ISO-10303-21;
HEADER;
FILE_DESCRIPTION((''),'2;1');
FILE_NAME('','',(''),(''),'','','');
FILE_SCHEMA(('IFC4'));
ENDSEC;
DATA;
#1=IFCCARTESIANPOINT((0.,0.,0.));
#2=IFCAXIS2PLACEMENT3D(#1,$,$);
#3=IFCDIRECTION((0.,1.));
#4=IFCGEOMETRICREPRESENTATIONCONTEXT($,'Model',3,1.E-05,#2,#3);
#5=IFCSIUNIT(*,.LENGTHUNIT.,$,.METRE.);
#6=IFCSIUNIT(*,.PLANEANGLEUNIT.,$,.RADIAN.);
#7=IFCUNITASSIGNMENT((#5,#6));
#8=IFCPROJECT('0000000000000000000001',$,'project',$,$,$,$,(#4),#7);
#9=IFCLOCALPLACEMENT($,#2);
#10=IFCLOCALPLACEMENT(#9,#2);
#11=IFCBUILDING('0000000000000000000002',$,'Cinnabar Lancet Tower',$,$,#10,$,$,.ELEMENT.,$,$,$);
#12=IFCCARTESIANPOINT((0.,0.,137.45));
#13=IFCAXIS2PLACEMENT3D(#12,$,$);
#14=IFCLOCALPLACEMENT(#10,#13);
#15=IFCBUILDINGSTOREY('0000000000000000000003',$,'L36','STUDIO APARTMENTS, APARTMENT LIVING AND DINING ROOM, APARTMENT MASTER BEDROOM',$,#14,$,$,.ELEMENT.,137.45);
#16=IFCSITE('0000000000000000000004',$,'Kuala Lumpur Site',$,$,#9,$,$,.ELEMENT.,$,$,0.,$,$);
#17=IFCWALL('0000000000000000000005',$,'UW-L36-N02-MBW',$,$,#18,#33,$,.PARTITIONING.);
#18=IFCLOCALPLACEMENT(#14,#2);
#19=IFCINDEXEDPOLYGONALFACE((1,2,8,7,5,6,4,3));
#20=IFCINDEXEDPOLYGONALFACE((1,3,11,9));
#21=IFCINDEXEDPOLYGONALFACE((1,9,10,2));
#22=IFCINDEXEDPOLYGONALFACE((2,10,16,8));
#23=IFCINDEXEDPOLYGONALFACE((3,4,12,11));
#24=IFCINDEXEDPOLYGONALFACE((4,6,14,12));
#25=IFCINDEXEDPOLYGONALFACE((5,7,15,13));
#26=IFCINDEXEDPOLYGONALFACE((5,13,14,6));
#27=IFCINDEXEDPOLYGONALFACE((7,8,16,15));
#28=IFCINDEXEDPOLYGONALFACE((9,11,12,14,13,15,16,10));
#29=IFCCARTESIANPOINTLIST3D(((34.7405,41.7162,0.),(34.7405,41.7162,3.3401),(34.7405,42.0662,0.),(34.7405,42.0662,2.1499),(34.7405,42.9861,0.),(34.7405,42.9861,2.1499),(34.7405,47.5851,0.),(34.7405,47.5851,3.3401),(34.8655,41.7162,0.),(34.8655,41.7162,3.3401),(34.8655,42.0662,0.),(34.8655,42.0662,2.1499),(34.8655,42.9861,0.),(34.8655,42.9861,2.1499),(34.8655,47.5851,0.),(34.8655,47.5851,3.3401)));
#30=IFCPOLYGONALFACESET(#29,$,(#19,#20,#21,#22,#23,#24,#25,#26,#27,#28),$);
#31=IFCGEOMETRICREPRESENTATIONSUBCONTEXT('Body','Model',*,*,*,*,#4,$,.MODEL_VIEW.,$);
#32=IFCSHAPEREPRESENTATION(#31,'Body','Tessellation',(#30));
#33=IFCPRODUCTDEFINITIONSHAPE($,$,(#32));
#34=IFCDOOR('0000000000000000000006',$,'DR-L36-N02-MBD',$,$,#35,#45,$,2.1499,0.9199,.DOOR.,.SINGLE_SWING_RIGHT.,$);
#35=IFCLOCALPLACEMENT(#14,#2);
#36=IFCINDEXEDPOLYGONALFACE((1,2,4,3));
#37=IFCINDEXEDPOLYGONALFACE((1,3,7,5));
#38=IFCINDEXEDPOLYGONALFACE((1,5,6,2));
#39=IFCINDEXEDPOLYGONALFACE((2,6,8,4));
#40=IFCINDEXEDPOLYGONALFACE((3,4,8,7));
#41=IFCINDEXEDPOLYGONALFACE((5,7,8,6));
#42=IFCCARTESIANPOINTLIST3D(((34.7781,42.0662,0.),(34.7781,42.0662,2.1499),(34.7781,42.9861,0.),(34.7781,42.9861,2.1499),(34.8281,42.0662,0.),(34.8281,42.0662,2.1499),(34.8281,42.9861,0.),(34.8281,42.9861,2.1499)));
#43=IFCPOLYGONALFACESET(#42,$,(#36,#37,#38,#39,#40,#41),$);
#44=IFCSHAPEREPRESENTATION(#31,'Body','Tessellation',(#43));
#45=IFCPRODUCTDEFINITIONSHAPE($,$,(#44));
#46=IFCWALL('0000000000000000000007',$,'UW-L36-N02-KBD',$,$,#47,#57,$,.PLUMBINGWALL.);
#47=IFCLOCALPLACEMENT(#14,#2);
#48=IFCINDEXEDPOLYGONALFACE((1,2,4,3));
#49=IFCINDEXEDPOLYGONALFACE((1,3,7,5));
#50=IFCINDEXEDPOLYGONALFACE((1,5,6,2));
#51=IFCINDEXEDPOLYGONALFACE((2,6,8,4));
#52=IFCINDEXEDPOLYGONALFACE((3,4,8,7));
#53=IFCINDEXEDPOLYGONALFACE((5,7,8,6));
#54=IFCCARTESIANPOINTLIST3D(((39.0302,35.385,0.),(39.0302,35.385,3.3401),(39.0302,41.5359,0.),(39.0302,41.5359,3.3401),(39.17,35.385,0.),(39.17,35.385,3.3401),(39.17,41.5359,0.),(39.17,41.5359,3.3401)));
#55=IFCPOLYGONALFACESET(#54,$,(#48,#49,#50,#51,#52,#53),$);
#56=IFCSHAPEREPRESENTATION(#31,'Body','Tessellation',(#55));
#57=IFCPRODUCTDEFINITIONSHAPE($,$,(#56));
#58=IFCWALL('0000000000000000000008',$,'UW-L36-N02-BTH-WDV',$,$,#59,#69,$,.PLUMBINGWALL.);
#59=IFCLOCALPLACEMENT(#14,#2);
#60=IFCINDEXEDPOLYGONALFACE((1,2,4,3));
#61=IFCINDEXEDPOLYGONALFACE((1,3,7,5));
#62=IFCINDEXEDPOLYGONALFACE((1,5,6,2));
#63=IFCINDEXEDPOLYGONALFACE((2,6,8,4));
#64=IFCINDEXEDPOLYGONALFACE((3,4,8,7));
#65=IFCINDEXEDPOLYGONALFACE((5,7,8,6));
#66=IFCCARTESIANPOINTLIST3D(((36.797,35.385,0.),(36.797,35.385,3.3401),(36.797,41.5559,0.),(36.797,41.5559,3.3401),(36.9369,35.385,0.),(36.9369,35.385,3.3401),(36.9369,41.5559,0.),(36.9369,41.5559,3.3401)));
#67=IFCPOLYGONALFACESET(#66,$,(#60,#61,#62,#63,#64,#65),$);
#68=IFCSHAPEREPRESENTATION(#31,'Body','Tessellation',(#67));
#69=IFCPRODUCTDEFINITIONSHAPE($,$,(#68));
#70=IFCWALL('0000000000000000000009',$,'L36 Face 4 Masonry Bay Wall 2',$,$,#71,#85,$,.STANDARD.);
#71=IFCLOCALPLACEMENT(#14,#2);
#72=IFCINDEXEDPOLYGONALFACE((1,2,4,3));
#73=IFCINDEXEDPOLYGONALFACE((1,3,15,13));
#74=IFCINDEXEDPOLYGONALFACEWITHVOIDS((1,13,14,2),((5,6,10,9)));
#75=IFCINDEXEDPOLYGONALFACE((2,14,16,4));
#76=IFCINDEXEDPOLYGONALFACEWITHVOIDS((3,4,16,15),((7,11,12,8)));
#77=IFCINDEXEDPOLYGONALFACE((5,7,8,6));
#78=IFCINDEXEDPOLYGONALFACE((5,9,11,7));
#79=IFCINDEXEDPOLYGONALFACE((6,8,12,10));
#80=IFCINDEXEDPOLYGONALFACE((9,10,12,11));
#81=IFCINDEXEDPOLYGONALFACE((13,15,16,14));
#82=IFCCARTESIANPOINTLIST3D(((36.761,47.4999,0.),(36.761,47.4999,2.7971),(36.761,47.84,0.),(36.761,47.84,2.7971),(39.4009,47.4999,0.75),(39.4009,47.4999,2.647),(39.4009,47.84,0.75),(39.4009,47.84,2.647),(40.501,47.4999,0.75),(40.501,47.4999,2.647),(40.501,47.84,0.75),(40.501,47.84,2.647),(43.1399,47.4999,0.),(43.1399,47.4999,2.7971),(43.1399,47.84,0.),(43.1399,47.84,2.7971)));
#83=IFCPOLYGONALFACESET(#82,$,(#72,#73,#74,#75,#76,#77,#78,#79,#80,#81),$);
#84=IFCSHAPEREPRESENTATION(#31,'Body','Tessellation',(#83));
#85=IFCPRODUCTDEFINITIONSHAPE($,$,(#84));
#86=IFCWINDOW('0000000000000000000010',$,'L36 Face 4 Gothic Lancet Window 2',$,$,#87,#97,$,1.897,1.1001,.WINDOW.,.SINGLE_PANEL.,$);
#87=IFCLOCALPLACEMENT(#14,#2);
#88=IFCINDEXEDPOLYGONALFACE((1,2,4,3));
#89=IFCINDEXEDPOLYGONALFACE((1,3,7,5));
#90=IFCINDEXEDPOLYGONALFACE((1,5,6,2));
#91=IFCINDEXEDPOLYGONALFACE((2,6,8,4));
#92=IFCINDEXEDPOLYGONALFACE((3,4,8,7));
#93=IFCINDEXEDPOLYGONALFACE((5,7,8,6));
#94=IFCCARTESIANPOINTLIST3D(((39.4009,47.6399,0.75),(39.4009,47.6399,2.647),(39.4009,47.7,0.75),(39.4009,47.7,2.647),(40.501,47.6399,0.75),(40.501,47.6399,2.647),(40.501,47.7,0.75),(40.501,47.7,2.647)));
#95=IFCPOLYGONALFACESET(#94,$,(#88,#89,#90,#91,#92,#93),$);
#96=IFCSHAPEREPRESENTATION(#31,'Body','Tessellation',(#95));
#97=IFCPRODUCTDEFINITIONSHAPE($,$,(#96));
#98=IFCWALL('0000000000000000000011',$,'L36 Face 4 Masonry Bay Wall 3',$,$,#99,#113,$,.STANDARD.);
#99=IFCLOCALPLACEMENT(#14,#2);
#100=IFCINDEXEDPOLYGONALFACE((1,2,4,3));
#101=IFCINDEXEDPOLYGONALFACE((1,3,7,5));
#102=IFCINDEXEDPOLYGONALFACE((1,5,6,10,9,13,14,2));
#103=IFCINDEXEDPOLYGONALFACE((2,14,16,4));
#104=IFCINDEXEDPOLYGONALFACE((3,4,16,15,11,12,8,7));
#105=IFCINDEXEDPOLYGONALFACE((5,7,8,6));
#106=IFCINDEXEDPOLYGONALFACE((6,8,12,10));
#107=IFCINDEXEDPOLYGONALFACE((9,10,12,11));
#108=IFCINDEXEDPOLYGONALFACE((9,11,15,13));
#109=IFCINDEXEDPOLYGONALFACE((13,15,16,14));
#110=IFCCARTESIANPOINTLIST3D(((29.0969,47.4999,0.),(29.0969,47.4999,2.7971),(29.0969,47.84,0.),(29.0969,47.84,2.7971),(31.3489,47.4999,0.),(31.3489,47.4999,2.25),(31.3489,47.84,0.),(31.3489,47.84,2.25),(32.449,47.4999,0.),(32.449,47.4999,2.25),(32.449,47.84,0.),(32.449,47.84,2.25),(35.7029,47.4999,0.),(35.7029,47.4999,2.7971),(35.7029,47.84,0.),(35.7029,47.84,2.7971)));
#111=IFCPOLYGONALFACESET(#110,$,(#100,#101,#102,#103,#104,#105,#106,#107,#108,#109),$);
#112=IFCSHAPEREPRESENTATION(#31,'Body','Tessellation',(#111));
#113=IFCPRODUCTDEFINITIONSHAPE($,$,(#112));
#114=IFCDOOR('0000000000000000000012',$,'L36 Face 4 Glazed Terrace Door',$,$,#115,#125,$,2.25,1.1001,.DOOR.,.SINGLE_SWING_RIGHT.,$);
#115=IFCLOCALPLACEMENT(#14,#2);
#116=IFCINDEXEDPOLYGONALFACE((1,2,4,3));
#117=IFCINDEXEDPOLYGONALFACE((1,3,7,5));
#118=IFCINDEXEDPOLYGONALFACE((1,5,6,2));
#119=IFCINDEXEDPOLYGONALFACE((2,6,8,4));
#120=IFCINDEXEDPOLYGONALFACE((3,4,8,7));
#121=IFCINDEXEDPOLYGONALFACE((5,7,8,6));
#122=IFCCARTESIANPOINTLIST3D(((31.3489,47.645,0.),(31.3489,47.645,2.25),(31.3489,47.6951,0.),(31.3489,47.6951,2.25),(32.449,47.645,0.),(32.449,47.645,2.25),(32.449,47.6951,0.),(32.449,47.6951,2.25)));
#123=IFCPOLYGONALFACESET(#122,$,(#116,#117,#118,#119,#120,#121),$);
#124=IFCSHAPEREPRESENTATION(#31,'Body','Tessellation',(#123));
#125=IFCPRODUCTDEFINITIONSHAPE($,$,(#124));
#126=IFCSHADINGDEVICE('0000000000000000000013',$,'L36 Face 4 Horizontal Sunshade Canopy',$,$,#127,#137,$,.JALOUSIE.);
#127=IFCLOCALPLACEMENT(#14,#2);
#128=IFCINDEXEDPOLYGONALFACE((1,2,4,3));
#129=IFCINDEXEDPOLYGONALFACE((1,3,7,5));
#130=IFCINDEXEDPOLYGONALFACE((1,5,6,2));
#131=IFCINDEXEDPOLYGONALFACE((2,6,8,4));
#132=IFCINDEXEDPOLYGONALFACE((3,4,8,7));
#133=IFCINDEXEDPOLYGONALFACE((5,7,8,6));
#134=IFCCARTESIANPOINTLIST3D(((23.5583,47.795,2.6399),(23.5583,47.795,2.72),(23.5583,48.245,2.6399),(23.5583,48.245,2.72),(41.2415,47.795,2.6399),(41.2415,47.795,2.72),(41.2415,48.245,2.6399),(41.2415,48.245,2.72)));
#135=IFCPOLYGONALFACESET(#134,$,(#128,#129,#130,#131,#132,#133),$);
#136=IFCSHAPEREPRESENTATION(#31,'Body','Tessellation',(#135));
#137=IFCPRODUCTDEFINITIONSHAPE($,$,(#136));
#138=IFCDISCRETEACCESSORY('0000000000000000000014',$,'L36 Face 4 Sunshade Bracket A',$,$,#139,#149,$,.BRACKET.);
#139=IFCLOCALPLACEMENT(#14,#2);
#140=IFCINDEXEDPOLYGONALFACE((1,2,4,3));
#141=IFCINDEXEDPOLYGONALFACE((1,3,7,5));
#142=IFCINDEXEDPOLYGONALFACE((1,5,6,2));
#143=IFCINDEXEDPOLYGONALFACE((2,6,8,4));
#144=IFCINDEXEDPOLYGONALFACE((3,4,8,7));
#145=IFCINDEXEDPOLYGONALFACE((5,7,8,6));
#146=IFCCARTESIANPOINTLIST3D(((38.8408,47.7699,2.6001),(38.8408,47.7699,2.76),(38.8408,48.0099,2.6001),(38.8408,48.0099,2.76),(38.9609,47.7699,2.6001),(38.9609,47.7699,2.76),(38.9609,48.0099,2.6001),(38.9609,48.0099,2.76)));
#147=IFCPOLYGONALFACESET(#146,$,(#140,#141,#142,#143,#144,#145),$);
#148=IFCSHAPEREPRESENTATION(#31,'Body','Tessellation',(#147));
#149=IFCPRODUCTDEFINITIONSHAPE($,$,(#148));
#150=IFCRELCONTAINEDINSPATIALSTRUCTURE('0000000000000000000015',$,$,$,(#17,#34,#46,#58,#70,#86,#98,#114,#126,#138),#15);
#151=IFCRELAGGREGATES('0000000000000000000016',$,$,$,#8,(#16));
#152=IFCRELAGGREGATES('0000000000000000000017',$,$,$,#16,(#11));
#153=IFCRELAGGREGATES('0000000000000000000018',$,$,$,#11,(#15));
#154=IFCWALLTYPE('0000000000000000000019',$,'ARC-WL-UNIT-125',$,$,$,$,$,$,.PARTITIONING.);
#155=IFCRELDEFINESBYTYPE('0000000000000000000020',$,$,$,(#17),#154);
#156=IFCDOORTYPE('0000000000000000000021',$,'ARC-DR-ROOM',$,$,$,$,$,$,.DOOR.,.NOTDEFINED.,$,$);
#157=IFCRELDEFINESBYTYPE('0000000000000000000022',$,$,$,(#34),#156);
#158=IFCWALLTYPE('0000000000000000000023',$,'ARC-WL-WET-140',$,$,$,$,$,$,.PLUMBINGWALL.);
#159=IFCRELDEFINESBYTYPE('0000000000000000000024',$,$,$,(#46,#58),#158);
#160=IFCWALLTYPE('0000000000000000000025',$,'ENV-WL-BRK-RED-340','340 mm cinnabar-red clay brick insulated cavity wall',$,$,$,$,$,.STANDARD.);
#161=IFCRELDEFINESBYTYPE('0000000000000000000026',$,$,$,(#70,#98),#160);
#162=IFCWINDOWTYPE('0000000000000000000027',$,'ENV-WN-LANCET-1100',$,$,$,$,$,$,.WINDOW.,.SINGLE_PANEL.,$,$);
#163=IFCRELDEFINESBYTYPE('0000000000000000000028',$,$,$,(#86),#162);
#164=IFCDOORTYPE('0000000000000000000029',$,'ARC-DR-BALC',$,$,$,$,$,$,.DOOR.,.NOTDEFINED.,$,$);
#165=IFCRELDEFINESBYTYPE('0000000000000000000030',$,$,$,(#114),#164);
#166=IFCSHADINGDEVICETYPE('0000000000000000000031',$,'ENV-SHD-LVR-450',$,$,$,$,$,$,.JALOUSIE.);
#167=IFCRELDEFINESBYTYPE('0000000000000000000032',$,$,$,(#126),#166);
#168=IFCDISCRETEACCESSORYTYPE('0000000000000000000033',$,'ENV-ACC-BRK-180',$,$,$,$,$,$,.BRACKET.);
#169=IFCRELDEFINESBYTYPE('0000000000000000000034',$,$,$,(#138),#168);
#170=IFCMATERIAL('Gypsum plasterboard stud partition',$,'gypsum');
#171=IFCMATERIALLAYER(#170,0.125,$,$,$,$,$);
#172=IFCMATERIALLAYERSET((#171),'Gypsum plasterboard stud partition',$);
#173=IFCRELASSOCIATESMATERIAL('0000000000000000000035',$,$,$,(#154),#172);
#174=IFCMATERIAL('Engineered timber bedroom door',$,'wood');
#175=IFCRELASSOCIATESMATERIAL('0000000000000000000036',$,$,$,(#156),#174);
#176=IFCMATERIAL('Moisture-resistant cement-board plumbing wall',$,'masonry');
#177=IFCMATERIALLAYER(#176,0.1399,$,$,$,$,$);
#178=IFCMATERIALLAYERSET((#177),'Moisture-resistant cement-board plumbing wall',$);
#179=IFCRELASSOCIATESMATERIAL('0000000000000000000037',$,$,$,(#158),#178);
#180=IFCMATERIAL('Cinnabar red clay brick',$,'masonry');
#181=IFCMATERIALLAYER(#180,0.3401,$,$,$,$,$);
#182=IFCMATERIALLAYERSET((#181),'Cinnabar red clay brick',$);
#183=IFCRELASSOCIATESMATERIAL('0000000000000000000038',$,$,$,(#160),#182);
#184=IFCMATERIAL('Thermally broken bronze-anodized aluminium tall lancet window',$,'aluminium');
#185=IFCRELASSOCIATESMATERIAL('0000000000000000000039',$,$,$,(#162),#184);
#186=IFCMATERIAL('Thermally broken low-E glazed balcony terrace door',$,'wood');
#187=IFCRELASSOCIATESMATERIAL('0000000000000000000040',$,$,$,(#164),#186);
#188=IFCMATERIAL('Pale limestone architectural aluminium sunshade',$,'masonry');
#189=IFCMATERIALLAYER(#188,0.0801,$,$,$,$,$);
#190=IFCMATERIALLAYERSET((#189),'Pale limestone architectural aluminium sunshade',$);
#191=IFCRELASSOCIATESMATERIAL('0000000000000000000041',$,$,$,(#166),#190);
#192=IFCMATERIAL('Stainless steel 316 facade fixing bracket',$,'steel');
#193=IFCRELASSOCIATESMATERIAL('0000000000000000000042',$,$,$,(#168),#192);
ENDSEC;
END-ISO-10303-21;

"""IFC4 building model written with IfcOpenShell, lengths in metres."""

from ifc_helpers import new_model, si_unit, direction, frame, frame_2d, origin, origin_2d, place, context, subcontext, project, spatial, rectangle, extrude, material, layer, layer_set, type_object, element, fill, save


model = new_model("IFC4")

# Units and contexts
model_context = context("Model", 3, precision=1e-05, world=origin(), true_north=direction((0.0, 1.0)))
body_context = subcontext(model_context, "Body", "Model", "MODEL_VIEW")
ifc_project = project(units=[si_unit("LENGTHUNIT", "METRE"), si_unit("PLANEANGLEUNIT", "RADIAN")], contexts=[model_context])

# Site, building, storey
site_placement = place(None, origin())
site = spatial("IfcSite", under=ifc_project, at=site_placement, Name="Kuala Lumpur Site", CompositionType="ELEMENT", RefElevation=0.0)
building_placement = place(site_placement, origin())
building = spatial("IfcBuilding", under=site, at=building_placement, Name="Cinnabar Lancet Tower", CompositionType="ELEMENT")
storey_placement = place(building_placement, frame((0.0, 0.0, 137.45)))
storey = spatial("IfcBuildingStorey", under=building, at=storey_placement, Name="L36", Description="STUDIO APARTMENTS, APARTMENT LIVING AND DINING ROOM, APARTMENT MASTER BEDROOM", CompositionType="ELEMENT", Elevation=137.45)

# Shared definitions
ifc_material_1 = material(Name="Gypsum plasterboard stud partition", Category="gypsum")
ifc_layer_1 = layer(ifc_material_1, 0.125)
ifc_layer_set_1 = layer_set([ifc_layer_1], Name="Gypsum plasterboard stud partition")
wall_type_1 = type_object("IfcWallType", Name="ARC-WL-UNIT-125", PredefinedType="PARTITIONING", material=ifc_layer_set_1)

# Wall, opening, door
wall_1_placement = place(storey_placement, frame((34.803, 41.7161, 0.0), z_axis=(0.0, 0.0, 1.0), x_axis=(0.0, 1.0, 0.0)))
wall_1 = element("IfcWall", 1, at=wall_1_placement, inside=storey, type_object=wall_type_1, Name="UW-L36-N02-MBW", PredefinedType="PARTITIONING", context=body_context, shape_type="SweptSolid", body=[
    extrude(rectangle(XDim=5.8689, YDim=0.125, at=frame_2d((2.9346, 0.0))), origin(), (0.0, 0.0, 1.0), 3.3401),
])
opening_1_placement = place(wall_1_placement, frame((0.3501, 0.0, 0.0)))
opening_1 = element("IfcOpeningElement", 2, at=opening_1_placement, cuts=wall_1, PredefinedType="OPENING", context=body_context, shape_type="SweptSolid", body=[
    extrude(rectangle(XDim=0.9199, YDim=2.1499, at=frame_2d((0.46, 1.075))), frame((0.0, 0.0725, 0.0), z_axis=(0.0, -1.0, 0.0), x_axis=(1.0, 0.0, 0.0)), (0.0, 0.0, 1.0), 0.145),
])
ifc_material_2 = material(Name="Engineered timber bedroom door", Category="wood")
door_type_1 = type_object("IfcDoorType", Name="ARC-DR-ROOM", OperationType="NOTDEFINED", PredefinedType="DOOR", material=ifc_material_2)
door_1_placement = place(opening_1_placement, origin())
door_1 = element("IfcDoor", 3, at=door_1_placement, inside=storey, type_object=door_type_1, Name="DR-L36-N02-MBD", OperationType="SINGLE_SWING_RIGHT", OverallHeight=2.1499, OverallWidth=0.9199, PredefinedType="DOOR", context=body_context, shape_type="SweptSolid", body=[
    extrude(rectangle(XDim=0.9199, YDim=2.1499, at=frame_2d((0.46, 1.075))), frame((0.0, 0.0249, 0.0), z_axis=(0.0, -1.0, 0.0), x_axis=(1.0, 0.0, 0.0)), (0.0, 0.0, 1.0), 0.05),
])
fill(opening_1, door_1)

# Shared definitions
ifc_material_3 = material(Name="Moisture-resistant cement-board plumbing wall", Category="masonry")
ifc_layer_2 = layer(ifc_material_3, 0.1399)
ifc_layer_set_2 = layer_set([ifc_layer_2], Name="Moisture-resistant cement-board plumbing wall")
wall_type_2 = type_object("IfcWallType", Name="ARC-WL-WET-140", PredefinedType="PLUMBINGWALL", material=ifc_layer_set_2)

# Walls
wall_2_placement = place(storey_placement, frame((39.1001, 35.385, 0.0), z_axis=(0.0, 0.0, 1.0), x_axis=(0.0, 1.0, 0.0)))
element("IfcWall", 4, at=wall_2_placement, inside=storey, type_object=wall_type_2, Name="UW-L36-N02-KBD", PredefinedType="PLUMBINGWALL", context=body_context, shape_type="SweptSolid", body=[
    extrude(rectangle(XDim=6.1509, YDim=0.1399, at=frame_2d((3.0754, 0.0))), origin(), (0.0, 0.0, 1.0), 3.3401),
])
wall_3_placement = place(storey_placement, frame((36.8669, 35.385, 0.0), z_axis=(0.0, 0.0, 1.0), x_axis=(0.0, 1.0, 0.0)))
element("IfcWall", 5, at=wall_3_placement, inside=storey, type_object=wall_type_2, Name="UW-L36-N02-BTH-WDV", PredefinedType="PLUMBINGWALL", context=body_context, shape_type="SweptSolid", body=[
    extrude(rectangle(XDim=6.1709, YDim=0.1399, at=frame_2d((3.0854, 0.0))), origin(), (0.0, 0.0, 1.0), 3.3401),
])

# Wall, opening, window
ifc_material_4 = material(Name="Cinnabar red clay brick", Category="masonry")
ifc_layer_3 = layer(ifc_material_4, 0.3401)
ifc_layer_set_3 = layer_set([ifc_layer_3], Name="Cinnabar red clay brick")
wall_type_3 = type_object("IfcWallType", Name="ENV-WL-BRK-RED-340", Description="340 mm cinnabar-red clay brick insulated cavity wall", PredefinedType="STANDARD", material=ifc_layer_set_3)
wall_4_placement = place(storey_placement, frame((43.1399, 47.6699, 0.0), z_axis=(0.0, 0.0, 1.0), x_axis=(-1.0, 0.0, 0.0)))
wall_4 = element("IfcWall", 6, at=wall_4_placement, inside=storey, type_object=wall_type_3, Name="L36 Face 4 Masonry Bay Wall 2", PredefinedType="STANDARD", context=body_context, shape_type="SweptSolid", body=[
    extrude(rectangle(XDim=6.3789, YDim=0.3401, at=frame_2d((3.1895, 0.0))), origin(), (0.0, 0.0, 1.0), 2.7971),
])
opening_2_placement = place(wall_4_placement, frame((2.6389, 0.0, 0.75)))
opening_2 = element("IfcOpeningElement", 7, at=opening_2_placement, cuts=wall_4, PredefinedType="OPENING", context=body_context, shape_type="SweptSolid", body=[
    extrude(rectangle(XDim=1.1001, YDim=1.897, at=frame_2d((0.55, 0.9485))), frame((0.0, 0.1799, 0.0), z_axis=(0.0, -1.0, 0.0), x_axis=(1.0, 0.0, 0.0)), (0.0, 0.0, 1.0), 0.3601),
])
ifc_material_5 = material(Name="Thermally broken bronze-anodized aluminium tall lancet window", Category="aluminium")
window_type = type_object("IfcWindowType", Name="ENV-WN-LANCET-1100", PartitioningType="SINGLE_PANEL", PredefinedType="WINDOW", material=ifc_material_5)
window_placement = place(opening_2_placement, origin())
window = element("IfcWindow", 8, at=window_placement, inside=storey, type_object=window_type, Name="L36 Face 4 Gothic Lancet Window 2", OverallHeight=1.897, OverallWidth=1.1001, PartitioningType="SINGLE_PANEL", PredefinedType="WINDOW", context=body_context, shape_type="SweptSolid", body=[
    extrude(rectangle(XDim=1.1001, YDim=1.897, at=frame_2d((0.55, 0.9485))), frame((0.0, 0.03, 0.0), z_axis=(0.0, -1.0, 0.0), x_axis=(1.0, 0.0, 0.0)), (0.0, 0.0, 1.0), 0.0601),
])
fill(opening_2, window)

# Wall, opening, door
wall_5_placement = place(storey_placement, frame((35.7029, 47.6699, 0.0), z_axis=(0.0, 0.0, 1.0), x_axis=(-1.0, 0.0, 0.0)))
wall_5 = element("IfcWall", 9, at=wall_5_placement, inside=storey, type_object=wall_type_3, Name="L36 Face 4 Masonry Bay Wall 3", PredefinedType="STANDARD", context=body_context, shape_type="SweptSolid", body=[
    extrude(rectangle(XDim=6.606, YDim=0.3401, at=frame_2d((3.303, 0.0))), origin(), (0.0, 0.0, 1.0), 2.7971),
])
opening_3_placement = place(wall_5_placement, frame((3.2539, 0.0, 0.0)))
opening_3 = element("IfcOpeningElement", 10, at=opening_3_placement, cuts=wall_5, PredefinedType="OPENING", context=body_context, shape_type="SweptSolid", body=[
    extrude(rectangle(XDim=1.1001, YDim=2.25, at=frame_2d((0.55, 1.125))), frame((0.0, 0.1799, 0.0), z_axis=(0.0, -1.0, 0.0), x_axis=(1.0, 0.0, 0.0)), (0.0, 0.0, 1.0), 0.3601),
])
ifc_material_6 = material(Name="Thermally broken low-E glazed balcony terrace door", Category="wood")
door_type_2 = type_object("IfcDoorType", Name="ARC-DR-BALC", OperationType="NOTDEFINED", PredefinedType="DOOR", material=ifc_material_6)
door_2_placement = place(opening_3_placement, origin())
door_2 = element("IfcDoor", 11, at=door_2_placement, inside=storey, type_object=door_type_2, Name="L36 Face 4 Glazed Terrace Door", OperationType="SINGLE_SWING_RIGHT", OverallHeight=2.25, OverallWidth=1.1001, PredefinedType="DOOR", context=body_context, shape_type="SweptSolid", body=[
    extrude(rectangle(XDim=1.1001, YDim=2.25, at=frame_2d((0.55, 1.125))), frame((0.0, 0.0249, 0.0), z_axis=(0.0, -1.0, 0.0), x_axis=(1.0, 0.0, 0.0)), (0.0, 0.0, 1.0), 0.05),
])
fill(opening_3, door_2)

# Shading device
ifc_material_7 = material(Name="Pale limestone architectural aluminium sunshade", Category="masonry")
ifc_layer_4 = layer(ifc_material_7, 0.0801)
ifc_layer_set_4 = layer_set([ifc_layer_4], Name="Pale limestone architectural aluminium sunshade")
shading_device_type = type_object("IfcShadingDeviceType", Name="ENV-SHD-LVR-450", PredefinedType="JALOUSIE", material=ifc_layer_set_4)
shading_device_placement = place(storey_placement, frame((32.3999, 48.02, 2.6399), z_axis=(0.0, 0.0, 1.0), x_axis=(-1.0, 0.0, 0.0)))
element("IfcShadingDevice", 12, at=shading_device_placement, inside=storey, type_object=shading_device_type, Name="L36 Face 4 Horizontal Sunshade Canopy", PredefinedType="JALOUSIE", context=body_context, shape_type="SweptSolid", body=[
    extrude(rectangle(XDim=17.6831, YDim=0.45, at=origin_2d()), origin(), (0.0, 0.0, 1.0), 0.0801),
])

# Discrete accessory
ifc_material_8 = material(Name="Stainless steel 316 facade fixing bracket", Category="steel")
discrete_accessory_type = type_object("IfcDiscreteAccessoryType", Name="ENV-ACC-BRK-180", PredefinedType="BRACKET", material=ifc_material_8)
discrete_accessory_placement = place(storey_placement, frame((38.9009, 47.8899, 2.6001), z_axis=(0.0, 0.0, 1.0), x_axis=(-1.0, 0.0, 0.0)))
element("IfcDiscreteAccessory", 13, at=discrete_accessory_placement, inside=storey, type_object=discrete_accessory_type, Name="L36 Face 4 Sunshade Bracket A", PredefinedType="BRACKET", context=body_context, shape_type="SweptSolid", body=[
    extrude(rectangle(XDim=0.1201, YDim=0.24, at=origin_2d()), origin(), (0.0, 0.0, 1.0), 0.1599),
])

save(model, "model.ifc")
